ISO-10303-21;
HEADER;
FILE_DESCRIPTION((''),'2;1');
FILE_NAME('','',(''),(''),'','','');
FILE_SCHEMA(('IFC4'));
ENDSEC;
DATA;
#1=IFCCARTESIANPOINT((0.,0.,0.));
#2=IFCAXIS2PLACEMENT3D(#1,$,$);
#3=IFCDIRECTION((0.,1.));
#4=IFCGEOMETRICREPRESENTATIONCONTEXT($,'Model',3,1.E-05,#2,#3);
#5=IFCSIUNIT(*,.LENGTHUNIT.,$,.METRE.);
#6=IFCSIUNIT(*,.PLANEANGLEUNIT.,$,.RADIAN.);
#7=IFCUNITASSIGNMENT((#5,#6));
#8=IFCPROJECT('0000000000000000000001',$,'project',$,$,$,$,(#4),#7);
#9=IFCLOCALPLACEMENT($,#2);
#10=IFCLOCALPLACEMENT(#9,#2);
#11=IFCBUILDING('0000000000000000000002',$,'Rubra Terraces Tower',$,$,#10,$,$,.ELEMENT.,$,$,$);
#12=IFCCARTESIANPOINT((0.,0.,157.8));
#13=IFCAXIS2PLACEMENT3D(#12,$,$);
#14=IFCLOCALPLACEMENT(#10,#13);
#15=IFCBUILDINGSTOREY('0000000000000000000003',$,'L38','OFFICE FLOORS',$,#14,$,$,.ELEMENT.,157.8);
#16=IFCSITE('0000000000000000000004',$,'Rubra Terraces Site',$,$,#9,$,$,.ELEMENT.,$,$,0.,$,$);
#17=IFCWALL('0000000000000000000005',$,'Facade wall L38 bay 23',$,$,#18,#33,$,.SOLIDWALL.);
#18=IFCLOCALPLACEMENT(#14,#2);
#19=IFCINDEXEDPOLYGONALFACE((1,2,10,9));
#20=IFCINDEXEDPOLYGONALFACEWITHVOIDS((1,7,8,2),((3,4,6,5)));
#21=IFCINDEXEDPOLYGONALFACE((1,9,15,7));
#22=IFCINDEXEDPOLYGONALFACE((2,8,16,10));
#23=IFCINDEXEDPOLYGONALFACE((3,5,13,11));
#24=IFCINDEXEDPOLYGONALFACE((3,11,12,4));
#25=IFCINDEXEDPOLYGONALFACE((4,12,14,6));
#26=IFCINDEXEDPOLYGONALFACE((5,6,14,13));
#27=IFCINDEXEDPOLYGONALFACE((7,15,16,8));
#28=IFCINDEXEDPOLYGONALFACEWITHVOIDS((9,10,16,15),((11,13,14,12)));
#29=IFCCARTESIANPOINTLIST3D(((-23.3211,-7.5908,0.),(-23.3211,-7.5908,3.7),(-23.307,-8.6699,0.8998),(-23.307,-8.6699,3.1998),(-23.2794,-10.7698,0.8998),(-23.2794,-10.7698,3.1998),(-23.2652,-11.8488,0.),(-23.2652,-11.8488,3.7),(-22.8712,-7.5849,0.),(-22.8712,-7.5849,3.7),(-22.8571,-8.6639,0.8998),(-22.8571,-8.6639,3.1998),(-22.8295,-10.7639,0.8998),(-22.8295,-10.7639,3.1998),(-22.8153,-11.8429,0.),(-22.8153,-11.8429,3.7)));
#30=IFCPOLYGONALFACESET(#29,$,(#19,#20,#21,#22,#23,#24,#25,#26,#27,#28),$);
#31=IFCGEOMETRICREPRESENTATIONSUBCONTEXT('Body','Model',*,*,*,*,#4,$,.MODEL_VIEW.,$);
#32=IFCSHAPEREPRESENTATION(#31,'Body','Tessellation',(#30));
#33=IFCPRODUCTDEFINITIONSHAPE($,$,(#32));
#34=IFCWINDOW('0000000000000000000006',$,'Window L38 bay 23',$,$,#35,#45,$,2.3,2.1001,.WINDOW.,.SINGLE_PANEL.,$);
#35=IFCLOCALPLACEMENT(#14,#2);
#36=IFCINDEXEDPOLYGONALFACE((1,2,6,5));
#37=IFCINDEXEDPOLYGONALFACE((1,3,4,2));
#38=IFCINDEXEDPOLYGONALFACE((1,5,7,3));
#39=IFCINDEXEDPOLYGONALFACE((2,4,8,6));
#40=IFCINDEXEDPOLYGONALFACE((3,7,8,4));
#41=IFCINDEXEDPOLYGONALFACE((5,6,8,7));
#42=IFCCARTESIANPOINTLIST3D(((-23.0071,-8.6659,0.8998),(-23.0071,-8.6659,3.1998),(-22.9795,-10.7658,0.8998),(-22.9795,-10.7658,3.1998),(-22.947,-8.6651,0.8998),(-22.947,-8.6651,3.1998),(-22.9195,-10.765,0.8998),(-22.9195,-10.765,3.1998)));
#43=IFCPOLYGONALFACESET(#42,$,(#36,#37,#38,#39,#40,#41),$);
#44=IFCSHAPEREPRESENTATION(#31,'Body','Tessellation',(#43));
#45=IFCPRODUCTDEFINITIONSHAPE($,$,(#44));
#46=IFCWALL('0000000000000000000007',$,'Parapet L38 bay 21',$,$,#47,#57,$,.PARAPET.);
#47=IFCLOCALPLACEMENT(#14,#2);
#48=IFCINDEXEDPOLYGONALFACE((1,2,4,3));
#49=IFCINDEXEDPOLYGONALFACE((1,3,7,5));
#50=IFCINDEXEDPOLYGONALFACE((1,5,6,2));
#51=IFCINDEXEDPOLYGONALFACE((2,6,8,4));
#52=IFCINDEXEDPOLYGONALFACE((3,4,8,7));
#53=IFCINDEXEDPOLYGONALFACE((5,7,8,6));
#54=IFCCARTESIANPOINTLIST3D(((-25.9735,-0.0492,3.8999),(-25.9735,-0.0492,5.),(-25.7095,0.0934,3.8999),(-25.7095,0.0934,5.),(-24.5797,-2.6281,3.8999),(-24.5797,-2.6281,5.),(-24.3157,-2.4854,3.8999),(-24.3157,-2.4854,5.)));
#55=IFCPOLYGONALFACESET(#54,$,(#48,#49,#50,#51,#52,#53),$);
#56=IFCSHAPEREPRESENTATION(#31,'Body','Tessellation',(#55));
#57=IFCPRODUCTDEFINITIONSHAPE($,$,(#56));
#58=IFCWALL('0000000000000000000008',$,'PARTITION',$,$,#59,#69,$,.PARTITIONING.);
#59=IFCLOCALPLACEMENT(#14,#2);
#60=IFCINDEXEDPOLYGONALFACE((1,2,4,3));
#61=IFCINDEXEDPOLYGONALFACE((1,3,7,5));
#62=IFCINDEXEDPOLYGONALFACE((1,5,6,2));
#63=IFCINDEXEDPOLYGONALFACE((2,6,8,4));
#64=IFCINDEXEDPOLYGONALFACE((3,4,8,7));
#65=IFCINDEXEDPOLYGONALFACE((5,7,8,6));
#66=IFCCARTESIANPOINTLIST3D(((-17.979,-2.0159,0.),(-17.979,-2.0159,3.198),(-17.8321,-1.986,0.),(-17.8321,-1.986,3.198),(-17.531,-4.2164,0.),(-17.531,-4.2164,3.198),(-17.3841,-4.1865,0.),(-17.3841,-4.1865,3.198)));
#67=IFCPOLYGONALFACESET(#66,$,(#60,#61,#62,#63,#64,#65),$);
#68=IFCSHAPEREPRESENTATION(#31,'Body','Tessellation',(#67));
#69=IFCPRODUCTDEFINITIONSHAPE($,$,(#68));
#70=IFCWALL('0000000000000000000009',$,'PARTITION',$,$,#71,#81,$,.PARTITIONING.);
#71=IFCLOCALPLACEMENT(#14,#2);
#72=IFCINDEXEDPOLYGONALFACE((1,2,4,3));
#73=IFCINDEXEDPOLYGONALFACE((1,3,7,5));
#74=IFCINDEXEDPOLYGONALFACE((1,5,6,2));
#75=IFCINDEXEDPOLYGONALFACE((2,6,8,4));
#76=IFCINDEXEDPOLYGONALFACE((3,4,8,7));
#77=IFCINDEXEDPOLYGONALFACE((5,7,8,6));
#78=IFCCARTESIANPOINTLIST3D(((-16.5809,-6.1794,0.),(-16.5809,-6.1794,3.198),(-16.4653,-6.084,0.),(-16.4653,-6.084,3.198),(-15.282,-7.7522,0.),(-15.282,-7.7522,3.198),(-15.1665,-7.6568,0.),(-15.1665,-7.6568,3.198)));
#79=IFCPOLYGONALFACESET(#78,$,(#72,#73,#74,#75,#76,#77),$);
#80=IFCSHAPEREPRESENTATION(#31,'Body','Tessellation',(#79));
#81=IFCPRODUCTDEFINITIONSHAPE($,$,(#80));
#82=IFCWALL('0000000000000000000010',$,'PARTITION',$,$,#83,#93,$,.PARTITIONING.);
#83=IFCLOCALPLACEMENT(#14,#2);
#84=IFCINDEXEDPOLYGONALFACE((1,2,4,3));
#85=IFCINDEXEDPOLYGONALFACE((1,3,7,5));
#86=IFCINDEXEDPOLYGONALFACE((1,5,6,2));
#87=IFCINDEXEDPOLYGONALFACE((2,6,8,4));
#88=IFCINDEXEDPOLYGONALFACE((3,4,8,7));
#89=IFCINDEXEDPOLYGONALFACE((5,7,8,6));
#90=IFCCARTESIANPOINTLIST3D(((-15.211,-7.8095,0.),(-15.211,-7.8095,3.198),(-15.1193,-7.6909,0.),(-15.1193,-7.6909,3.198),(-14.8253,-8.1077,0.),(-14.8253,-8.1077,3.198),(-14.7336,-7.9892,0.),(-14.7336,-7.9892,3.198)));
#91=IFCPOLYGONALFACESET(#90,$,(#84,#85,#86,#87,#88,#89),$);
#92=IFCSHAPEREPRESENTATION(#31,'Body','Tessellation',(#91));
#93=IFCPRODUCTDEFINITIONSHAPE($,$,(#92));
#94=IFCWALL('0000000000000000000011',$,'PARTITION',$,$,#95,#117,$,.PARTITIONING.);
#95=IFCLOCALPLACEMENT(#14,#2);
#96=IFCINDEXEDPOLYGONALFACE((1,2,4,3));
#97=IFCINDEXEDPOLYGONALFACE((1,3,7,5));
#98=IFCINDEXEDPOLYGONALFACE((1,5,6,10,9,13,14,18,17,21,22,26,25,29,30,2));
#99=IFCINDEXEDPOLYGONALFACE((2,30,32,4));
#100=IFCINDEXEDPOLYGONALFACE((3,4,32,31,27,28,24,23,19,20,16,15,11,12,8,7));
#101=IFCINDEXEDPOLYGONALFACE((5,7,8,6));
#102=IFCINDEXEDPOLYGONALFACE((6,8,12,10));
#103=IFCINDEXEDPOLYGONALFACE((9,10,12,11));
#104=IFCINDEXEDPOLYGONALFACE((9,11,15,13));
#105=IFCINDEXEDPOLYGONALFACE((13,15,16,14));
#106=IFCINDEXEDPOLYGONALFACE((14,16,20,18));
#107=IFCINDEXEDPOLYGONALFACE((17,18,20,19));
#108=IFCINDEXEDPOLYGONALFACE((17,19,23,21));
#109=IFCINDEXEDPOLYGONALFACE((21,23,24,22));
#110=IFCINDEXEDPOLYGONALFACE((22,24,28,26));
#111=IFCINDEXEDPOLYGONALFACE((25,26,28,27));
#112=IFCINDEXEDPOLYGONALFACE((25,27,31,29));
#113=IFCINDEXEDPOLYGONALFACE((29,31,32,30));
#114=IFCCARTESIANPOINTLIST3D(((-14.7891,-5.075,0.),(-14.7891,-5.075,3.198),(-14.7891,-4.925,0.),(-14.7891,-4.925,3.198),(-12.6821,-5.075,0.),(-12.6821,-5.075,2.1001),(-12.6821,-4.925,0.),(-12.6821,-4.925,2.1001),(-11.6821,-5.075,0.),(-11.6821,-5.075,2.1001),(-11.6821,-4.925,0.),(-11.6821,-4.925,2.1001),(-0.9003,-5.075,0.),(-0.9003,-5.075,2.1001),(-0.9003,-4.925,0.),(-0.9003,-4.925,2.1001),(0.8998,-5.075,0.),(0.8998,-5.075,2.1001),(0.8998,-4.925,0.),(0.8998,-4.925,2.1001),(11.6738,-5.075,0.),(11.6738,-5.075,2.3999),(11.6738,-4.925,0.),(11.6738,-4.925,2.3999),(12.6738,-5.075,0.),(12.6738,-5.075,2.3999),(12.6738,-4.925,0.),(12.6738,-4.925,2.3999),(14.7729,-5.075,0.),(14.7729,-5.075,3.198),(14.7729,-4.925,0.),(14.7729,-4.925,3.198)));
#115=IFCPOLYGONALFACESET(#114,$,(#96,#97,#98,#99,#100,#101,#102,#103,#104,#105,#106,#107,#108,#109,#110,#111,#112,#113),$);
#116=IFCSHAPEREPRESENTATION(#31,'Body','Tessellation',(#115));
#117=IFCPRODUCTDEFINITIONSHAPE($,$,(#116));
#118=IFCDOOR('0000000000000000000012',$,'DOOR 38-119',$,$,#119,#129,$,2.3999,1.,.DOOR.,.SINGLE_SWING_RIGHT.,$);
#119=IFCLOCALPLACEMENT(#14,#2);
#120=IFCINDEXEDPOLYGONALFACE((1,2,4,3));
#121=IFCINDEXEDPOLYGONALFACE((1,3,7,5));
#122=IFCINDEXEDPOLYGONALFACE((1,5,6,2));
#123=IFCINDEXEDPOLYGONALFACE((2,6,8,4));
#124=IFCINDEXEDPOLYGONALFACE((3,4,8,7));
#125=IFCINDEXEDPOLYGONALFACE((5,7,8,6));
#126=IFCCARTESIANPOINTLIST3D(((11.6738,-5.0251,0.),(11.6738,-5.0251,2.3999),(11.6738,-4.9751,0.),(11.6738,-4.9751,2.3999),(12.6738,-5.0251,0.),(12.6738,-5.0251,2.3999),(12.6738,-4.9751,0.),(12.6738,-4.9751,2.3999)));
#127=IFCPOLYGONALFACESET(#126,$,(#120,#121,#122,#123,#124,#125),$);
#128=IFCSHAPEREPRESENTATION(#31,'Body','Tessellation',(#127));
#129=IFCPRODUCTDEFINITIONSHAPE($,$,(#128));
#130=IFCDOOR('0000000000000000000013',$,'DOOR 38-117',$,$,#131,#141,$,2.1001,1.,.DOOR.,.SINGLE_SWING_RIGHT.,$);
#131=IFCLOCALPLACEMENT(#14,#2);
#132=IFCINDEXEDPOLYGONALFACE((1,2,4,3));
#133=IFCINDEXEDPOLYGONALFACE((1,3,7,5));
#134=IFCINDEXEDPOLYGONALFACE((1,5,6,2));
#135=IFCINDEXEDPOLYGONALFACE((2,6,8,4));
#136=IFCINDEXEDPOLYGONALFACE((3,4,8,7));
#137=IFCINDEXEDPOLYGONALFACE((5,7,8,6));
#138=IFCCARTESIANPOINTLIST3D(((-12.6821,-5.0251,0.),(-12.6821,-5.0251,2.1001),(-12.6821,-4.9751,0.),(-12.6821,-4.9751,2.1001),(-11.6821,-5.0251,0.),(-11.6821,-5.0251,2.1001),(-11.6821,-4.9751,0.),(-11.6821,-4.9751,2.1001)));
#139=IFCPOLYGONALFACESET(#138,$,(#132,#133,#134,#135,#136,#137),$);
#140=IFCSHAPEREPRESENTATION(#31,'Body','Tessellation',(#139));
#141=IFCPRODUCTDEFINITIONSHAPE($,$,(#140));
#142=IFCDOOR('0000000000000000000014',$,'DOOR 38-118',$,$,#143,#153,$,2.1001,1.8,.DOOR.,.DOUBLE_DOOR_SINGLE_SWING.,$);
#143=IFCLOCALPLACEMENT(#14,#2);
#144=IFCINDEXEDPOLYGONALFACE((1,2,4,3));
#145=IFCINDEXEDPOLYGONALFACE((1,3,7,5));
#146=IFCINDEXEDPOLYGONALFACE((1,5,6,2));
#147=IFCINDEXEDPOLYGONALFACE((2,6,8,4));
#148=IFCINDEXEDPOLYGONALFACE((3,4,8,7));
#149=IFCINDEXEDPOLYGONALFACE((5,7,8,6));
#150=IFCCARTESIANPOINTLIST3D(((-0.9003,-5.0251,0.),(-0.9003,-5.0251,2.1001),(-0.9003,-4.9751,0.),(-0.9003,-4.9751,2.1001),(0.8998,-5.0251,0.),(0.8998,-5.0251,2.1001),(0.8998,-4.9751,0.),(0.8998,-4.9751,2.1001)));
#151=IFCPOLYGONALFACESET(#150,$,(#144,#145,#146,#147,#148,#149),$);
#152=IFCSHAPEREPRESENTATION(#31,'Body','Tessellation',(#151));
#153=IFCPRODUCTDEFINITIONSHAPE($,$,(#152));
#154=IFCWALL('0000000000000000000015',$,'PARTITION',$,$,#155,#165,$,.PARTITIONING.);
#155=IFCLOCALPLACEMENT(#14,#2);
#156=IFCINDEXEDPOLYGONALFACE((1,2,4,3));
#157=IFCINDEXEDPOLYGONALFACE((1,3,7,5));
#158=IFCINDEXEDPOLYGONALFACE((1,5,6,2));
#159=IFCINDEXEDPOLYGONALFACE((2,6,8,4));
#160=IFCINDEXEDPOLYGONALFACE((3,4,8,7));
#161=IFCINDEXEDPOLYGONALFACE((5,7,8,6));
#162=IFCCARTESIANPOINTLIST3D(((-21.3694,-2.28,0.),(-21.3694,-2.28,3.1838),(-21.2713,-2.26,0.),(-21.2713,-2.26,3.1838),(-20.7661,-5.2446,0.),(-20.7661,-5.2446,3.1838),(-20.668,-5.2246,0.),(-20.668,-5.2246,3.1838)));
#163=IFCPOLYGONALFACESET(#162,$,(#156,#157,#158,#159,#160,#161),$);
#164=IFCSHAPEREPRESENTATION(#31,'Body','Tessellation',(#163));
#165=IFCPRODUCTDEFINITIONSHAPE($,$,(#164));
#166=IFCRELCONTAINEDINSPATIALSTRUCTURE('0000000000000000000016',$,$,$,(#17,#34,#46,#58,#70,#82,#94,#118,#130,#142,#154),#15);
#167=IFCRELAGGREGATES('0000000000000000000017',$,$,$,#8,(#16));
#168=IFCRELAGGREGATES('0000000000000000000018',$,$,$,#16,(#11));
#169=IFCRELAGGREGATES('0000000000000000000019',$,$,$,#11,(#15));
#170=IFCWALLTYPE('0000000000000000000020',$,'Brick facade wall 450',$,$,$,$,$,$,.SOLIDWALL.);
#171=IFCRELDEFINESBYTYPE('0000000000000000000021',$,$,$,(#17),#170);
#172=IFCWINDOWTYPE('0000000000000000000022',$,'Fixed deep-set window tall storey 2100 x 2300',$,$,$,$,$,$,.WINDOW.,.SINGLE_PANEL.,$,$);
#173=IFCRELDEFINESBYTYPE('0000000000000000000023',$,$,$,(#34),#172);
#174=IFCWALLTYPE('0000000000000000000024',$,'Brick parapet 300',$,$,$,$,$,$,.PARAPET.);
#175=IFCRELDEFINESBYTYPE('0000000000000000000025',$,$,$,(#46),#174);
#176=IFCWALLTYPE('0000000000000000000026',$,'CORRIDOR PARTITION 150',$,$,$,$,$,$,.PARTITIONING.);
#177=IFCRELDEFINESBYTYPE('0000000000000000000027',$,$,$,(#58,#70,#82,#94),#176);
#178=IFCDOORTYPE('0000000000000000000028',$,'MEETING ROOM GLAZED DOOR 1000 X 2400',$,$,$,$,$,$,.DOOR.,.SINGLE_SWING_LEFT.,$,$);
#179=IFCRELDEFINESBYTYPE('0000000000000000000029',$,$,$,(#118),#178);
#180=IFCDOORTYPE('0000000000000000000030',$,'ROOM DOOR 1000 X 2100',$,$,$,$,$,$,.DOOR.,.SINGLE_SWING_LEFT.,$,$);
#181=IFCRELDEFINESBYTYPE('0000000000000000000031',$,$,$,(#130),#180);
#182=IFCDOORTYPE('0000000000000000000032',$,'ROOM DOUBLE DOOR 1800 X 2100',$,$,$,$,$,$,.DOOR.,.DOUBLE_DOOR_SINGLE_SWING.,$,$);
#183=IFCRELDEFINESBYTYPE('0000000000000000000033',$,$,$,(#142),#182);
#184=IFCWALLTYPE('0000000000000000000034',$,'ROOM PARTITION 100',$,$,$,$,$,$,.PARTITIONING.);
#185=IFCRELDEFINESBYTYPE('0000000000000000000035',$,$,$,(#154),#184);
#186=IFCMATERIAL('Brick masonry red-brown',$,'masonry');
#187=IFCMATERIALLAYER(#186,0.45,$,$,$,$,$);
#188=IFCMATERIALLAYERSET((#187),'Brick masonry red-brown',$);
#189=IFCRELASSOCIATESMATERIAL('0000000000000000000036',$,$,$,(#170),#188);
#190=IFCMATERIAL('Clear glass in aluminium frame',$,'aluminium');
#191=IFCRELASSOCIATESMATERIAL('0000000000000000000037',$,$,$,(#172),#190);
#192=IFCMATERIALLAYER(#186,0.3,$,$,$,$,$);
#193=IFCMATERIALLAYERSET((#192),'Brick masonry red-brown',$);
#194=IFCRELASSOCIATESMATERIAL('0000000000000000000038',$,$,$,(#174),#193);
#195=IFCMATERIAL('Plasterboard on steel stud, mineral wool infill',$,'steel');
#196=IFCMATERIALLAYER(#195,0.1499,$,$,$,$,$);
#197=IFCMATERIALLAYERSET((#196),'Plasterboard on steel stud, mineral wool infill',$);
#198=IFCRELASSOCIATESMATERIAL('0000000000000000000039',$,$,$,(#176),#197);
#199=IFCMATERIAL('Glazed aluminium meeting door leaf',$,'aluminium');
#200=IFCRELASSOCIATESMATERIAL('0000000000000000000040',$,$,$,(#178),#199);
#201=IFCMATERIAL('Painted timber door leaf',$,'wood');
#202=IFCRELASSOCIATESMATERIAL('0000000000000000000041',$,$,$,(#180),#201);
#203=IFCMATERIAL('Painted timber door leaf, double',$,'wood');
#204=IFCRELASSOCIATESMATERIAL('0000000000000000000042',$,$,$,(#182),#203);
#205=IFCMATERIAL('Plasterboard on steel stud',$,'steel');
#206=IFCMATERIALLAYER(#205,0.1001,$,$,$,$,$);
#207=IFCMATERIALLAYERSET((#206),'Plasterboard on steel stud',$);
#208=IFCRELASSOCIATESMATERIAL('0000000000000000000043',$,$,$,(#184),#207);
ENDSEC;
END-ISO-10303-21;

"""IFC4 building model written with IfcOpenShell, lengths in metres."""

from ifc_helpers import new_model, si_unit, direction, frame, frame_2d, origin, place, context, subcontext, project, spatial, rectangle, extrude, material, layer, layer_set, type_object, element, fill, save


model = new_model("IFC4")

# Units and contexts
model_context = context("Model", 3, precision=1e-05, world=origin(), true_north=direction((0.0, 1.0)))
body_context = subcontext(model_context, "Body", "Model", "MODEL_VIEW")
ifc_project = project(units=[si_unit("LENGTHUNIT", "METRE"), si_unit("PLANEANGLEUNIT", "RADIAN")], contexts=[model_context])

# Site, building, storey
site_placement = place(None, origin())
site = spatial("IfcSite", under=ifc_project, at=site_placement, Name="Rubra Terraces Site", CompositionType="ELEMENT", RefElevation=0.0)
building_placement = place(site_placement, origin())
building = spatial("IfcBuilding", under=site, at=building_placement, Name="Rubra Terraces Tower", CompositionType="ELEMENT")
storey_placement = place(building_placement, frame((0.0, 0.0, 157.8)))
storey = spatial("IfcBuildingStorey", under=building, at=storey_placement, Name="L38", Description="OFFICE FLOORS", CompositionType="ELEMENT", Elevation=157.8)

# Wall, opening, window
ifc_material_1 = material(Name="Brick masonry red-brown", Category="masonry")
ifc_layer_1 = layer(ifc_material_1, 0.45)
ifc_layer_set_1 = layer_set([ifc_layer_1], Name="Brick masonry red-brown")
wall_type_1 = type_object("IfcWallType", Name="Brick facade wall 450", PredefinedType="SOLIDWALL", material=ifc_layer_set_1)
ifc_material_2 = material(Name="Clear glass in aluminium frame", Category="aluminium")
window_type = type_object("IfcWindowType", Name="Fixed deep-set window tall storey 2100 x 2300", PartitioningType="SINGLE_PANEL", PredefinedType="WINDOW", material=ifc_material_2)
wall_1_placement = place(storey_placement, frame((-23.0962, -7.5879, 0.0), z_axis=(0.0, 0.0, 1.0), x_axis=(0.01313, -0.999914, 0.0)))
wall_1 = element("IfcWall", 1, at=wall_1_placement, inside=storey, type_object=wall_type_1, Name="Facade wall L38 bay 23", PredefinedType="SOLIDWALL", context=body_context, shape_type="SweptSolid", body=[
    extrude(rectangle(XDim=4.2583, YDim=0.45, at=frame_2d((2.1292, 0.0))), origin(), (0.0, 0.0, 1.0), 3.7),
])
opening_1_placement = place(wall_1_placement, frame((1.0791, 0.0, 0.8999)))
opening_1 = element("IfcOpeningElement", 2, at=opening_1_placement, cuts=wall_1, PredefinedType="OPENING", context=body_context, shape_type="SweptSolid", body=[
    extrude(rectangle(XDim=2.1001, YDim=2.3, at=frame_2d((1.05, 1.1499))), frame((0.0, 0.2349, 0.0), z_axis=(0.0, -1.0, 0.0), x_axis=(1.0, 0.0, 0.0)), (0.0, 0.0, 1.0), 0.47),
])
window_1_placement = place(opening_1_placement, origin())
window_1 = element("IfcWindow", 3, at=window_1_placement, inside=storey, type_object=window_type, Name="Window L38 bay 23", OverallHeight=2.3, OverallWidth=2.1001, PartitioningType="SINGLE_PANEL", PredefinedType="WINDOW", context=body_context, shape_type="SweptSolid", body=[
    extrude(rectangle(XDim=2.1001, YDim=2.3, at=frame_2d((1.05, 1.1499))), frame((0.0, 0.135, 0.0), z_axis=(0.0, -1.0, 0.0), x_axis=(1.0, 0.0, 0.0)), (0.0, 0.0, 1.0), 0.0601),
])
fill(opening_1, window_1)

# Walls
ifc_layer_2 = layer(ifc_material_1, 0.3)
ifc_layer_set_2 = layer_set([ifc_layer_2], Name="Brick masonry red-brown")
wall_type_2 = type_object("IfcWallType", Name="Brick parapet 300", PredefinedType="PARAPET", material=ifc_layer_set_2)
wall_2_placement = place(storey_placement, frame((-25.8416, 0.0222, 3.8999), z_axis=(0.0, 0.0, 1.0), x_axis=(0.47547, -0.879732, 0.0)))
element("IfcWall", 4, at=wall_2_placement, inside=storey, type_object=wall_type_2, Name="Parapet L38 bay 21", PredefinedType="PARAPET", context=body_context, shape_type="SweptSolid", body=[
    extrude(rectangle(XDim=2.9314, YDim=0.3, at=frame_2d((1.4658, 0.0))), origin(), (0.0, 0.0, 1.0), 1.1001),
])
ifc_material_3 = material(Name="Plasterboard on steel stud, mineral wool infill", Category="steel")
ifc_layer_3 = layer(ifc_material_3, 0.1499)
ifc_layer_set_3 = layer_set([ifc_layer_3], Name="Plasterboard on steel stud, mineral wool infill")
wall_type_3 = type_object("IfcWallType", Name="CORRIDOR PARTITION 150", PredefinedType="PARTITIONING", material=ifc_layer_set_3)
wall_3_placement = place(storey_placement, frame((-17.9055, -2.001, 0.0), z_axis=(0.0, 0.0, 1.0), x_axis=(0.199502, -0.979897, 0.0)))
element("IfcWall", 5, at=wall_3_placement, inside=storey, type_object=wall_type_3, Name="PARTITION", PredefinedType="PARTITIONING", context=body_context, shape_type="SweptSolid", body=[
    extrude(rectangle(XDim=2.2456, YDim=0.1499, at=frame_2d((1.1228, 0.0))), origin(), (0.0, 0.0, 1.0), 3.198),
])

# Shared definitions
ifc_material_4 = material(Name="Glazed aluminium meeting door leaf", Category="aluminium")
door_type_1 = type_object("IfcDoorType", Name="MEETING ROOM GLAZED DOOR 1000 X 2400", OperationType="SINGLE_SWING_LEFT", PredefinedType="DOOR", material=ifc_material_4)

# Walls
wall_4_placement = place(storey_placement, frame((-16.5232, -6.1316, 0.0), z_axis=(0.0, 0.0, 1.0), x_axis=(0.636764, -0.771059, 0.0)))
element("IfcWall", 6, at=wall_4_placement, inside=storey, type_object=wall_type_3, Name="PARTITION", PredefinedType="PARTITIONING", context=body_context, shape_type="SweptSolid", body=[
    extrude(rectangle(XDim=2.0398, YDim=0.1499, at=frame_2d((1.02, 0.0))), origin(), (0.0, 0.0, 1.0), 3.198),
])
wall_5_placement = place(storey_placement, frame((-15.165, -7.7502, 0.0), z_axis=(0.0, 0.0, 1.0), x_axis=(0.791021, -0.611789, 0.0)))
element("IfcWall", 7, at=wall_5_placement, inside=storey, type_object=wall_type_3, Name="PARTITION", PredefinedType="PARTITIONING", context=body_context, shape_type="SweptSolid", body=[
    extrude(rectangle(XDim=0.4875, YDim=0.1499, at=frame_2d((0.2437, 0.0))), origin(), (0.0, 0.0, 1.0), 3.198),
])

# Wall, openings, doors
wall_6_placement = place(storey_placement, frame((-14.7891, -5.0, 0.0), z_axis=(0.0, 0.0, 1.0), x_axis=(1.0, 0.0, 0.0)))
wall_6 = element("IfcWall", 8, at=wall_6_placement, inside=storey, type_object=wall_type_3, Name="PARTITION", PredefinedType="PARTITIONING", context=body_context, shape_type="SweptSolid", body=[
    extrude(rectangle(XDim=29.562, YDim=0.1499, at=frame_2d((14.781, 0.0))), origin(), (0.0, 0.0, 1.0), 3.198),
])
opening_2_placement = place(wall_6_placement, frame((2.1069, 0.0, 0.0)))
opening_2 = element("IfcOpeningElement", 9, at=opening_2_placement, cuts=wall_6, PredefinedType="OPENING", context=body_context, shape_type="SweptSolid", body=[
    extrude(rectangle(XDim=1.0, YDim=2.1001, at=frame_2d((0.5, 1.05))), frame((0.0, 0.085, 0.0), z_axis=(0.0, -1.0, 0.0), x_axis=(1.0, 0.0, 0.0)), (0.0, 0.0, 1.0), 0.1699),
])
opening_3_placement = place(wall_6_placement, frame((13.8889, 0.0, 0.0)))
opening_3 = element("IfcOpeningElement", 10, at=opening_3_placement, cuts=wall_6, PredefinedType="OPENING", context=body_context, shape_type="SweptSolid", body=[
    extrude(rectangle(XDim=1.8, YDim=2.1001, at=frame_2d((0.8999, 1.05))), frame((0.0, 0.085, 0.0), z_axis=(0.0, -1.0, 0.0), x_axis=(1.0, 0.0, 0.0)), (0.0, 0.0, 1.0), 0.1699),
])
opening_4_placement = place(wall_6_placement, frame((26.4629, 0.0, 0.0)))
opening_4 = element("IfcOpeningElement", 11, at=opening_4_placement, cuts=wall_6, PredefinedType="OPENING", context=body_context, shape_type="SweptSolid", body=[
    extrude(rectangle(XDim=1.0, YDim=2.3999, at=frame_2d((0.5, 1.2))), frame((0.0, 0.085, 0.0), z_axis=(0.0, -1.0, 0.0), x_axis=(1.0, 0.0, 0.0)), (0.0, 0.0, 1.0), 0.1699),
])
door_1_placement = place(opening_4_placement, origin())
door_1 = element("IfcDoor", 12, at=door_1_placement, inside=storey, type_object=door_type_1, Name="DOOR 38-119", OperationType="SINGLE_SWING_RIGHT", OverallHeight=2.3999, OverallWidth=1.0, PredefinedType="DOOR", context=body_context, shape_type="SweptSolid", body=[
    extrude(rectangle(XDim=1.0, YDim=2.3999, at=frame_2d((0.5, 1.2))), frame((0.0, 0.0249, 0.0), z_axis=(0.0, -1.0, 0.0), x_axis=(1.0, 0.0, 0.0)), (0.0, 0.0, 1.0), 0.05),
])
fill(opening_4, door_1)
ifc_material_5 = material(Name="Painted timber door leaf", Category="wood")
door_type_2 = type_object("IfcDoorType", Name="ROOM DOOR 1000 X 2100", OperationType="SINGLE_SWING_LEFT", PredefinedType="DOOR", material=ifc_material_5)
door_2_placement = place(opening_2_placement, origin())
door_2 = element("IfcDoor", 13, at=door_2_placement, inside=storey, type_object=door_type_2, Name="DOOR 38-117", OperationType="SINGLE_SWING_RIGHT", OverallHeight=2.1001, OverallWidth=1.0, PredefinedType="DOOR", context=body_context, shape_type="SweptSolid", body=[
    extrude(rectangle(XDim=1.0, YDim=2.1001, at=frame_2d((0.5, 1.05))), frame((0.0, 0.0249, 0.0), z_axis=(0.0, -1.0, 0.0), x_axis=(1.0, 0.0, 0.0)), (0.0, 0.0, 1.0), 0.05),
])
fill(opening_2, door_2)
ifc_material_6 = material(Name="Painted timber door leaf, double", Category="wood")
door_type_3 = type_object("IfcDoorType", Name="ROOM DOUBLE DOOR 1800 X 2100", OperationType="DOUBLE_DOOR_SINGLE_SWING", PredefinedType="DOOR", material=ifc_material_6)
door_3_placement = place(opening_3_placement, origin())
door_3 = element("IfcDoor", 14, at=door_3_placement, inside=storey, type_object=door_type_3, Name="DOOR 38-118", OperationType="DOUBLE_DOOR_SINGLE_SWING", OverallHeight=2.1001, OverallWidth=1.8, PredefinedType="DOOR", context=body_context, shape_type="SweptSolid", body=[
    extrude(rectangle(XDim=1.8, YDim=2.1001, at=frame_2d((0.8999, 1.05))), frame((0.0, 0.0249, 0.0), z_axis=(0.0, -1.0, 0.0), x_axis=(1.0, 0.0, 0.0)), (0.0, 0.0, 1.0), 0.05),
])
fill(opening_3, door_3)

# Wall
ifc_material_7 = material(Name="Plasterboard on steel stud", Category="steel")
ifc_layer_4 = layer(ifc_material_7, 0.1001)
ifc_layer_set_4 = layer_set([ifc_layer_4], Name="Plasterboard on steel stud")
wall_type_4 = type_object("IfcWallType", Name="ROOM PARTITION 100", PredefinedType="PARTITIONING", material=ifc_layer_set_4)
wall_7_placement = place(storey_placement, frame((-20.717, -5.2346, 0.0), z_axis=(0.0, 0.0, 1.0), x_axis=(-0.199405, 0.979917, 0.0)))
element("IfcWall", 15, at=wall_7_placement, inside=storey, type_object=wall_type_4, Name="PARTITION", PredefinedType="PARTITIONING", context=body_context, shape_type="SweptSolid", body=[
    extrude(rectangle(XDim=3.0254, YDim=0.1001, at=frame_2d((1.5127, 0.0))), origin(), (0.0, 0.0, 1.0), 3.1838),
])

save(model, "model.ifc")
